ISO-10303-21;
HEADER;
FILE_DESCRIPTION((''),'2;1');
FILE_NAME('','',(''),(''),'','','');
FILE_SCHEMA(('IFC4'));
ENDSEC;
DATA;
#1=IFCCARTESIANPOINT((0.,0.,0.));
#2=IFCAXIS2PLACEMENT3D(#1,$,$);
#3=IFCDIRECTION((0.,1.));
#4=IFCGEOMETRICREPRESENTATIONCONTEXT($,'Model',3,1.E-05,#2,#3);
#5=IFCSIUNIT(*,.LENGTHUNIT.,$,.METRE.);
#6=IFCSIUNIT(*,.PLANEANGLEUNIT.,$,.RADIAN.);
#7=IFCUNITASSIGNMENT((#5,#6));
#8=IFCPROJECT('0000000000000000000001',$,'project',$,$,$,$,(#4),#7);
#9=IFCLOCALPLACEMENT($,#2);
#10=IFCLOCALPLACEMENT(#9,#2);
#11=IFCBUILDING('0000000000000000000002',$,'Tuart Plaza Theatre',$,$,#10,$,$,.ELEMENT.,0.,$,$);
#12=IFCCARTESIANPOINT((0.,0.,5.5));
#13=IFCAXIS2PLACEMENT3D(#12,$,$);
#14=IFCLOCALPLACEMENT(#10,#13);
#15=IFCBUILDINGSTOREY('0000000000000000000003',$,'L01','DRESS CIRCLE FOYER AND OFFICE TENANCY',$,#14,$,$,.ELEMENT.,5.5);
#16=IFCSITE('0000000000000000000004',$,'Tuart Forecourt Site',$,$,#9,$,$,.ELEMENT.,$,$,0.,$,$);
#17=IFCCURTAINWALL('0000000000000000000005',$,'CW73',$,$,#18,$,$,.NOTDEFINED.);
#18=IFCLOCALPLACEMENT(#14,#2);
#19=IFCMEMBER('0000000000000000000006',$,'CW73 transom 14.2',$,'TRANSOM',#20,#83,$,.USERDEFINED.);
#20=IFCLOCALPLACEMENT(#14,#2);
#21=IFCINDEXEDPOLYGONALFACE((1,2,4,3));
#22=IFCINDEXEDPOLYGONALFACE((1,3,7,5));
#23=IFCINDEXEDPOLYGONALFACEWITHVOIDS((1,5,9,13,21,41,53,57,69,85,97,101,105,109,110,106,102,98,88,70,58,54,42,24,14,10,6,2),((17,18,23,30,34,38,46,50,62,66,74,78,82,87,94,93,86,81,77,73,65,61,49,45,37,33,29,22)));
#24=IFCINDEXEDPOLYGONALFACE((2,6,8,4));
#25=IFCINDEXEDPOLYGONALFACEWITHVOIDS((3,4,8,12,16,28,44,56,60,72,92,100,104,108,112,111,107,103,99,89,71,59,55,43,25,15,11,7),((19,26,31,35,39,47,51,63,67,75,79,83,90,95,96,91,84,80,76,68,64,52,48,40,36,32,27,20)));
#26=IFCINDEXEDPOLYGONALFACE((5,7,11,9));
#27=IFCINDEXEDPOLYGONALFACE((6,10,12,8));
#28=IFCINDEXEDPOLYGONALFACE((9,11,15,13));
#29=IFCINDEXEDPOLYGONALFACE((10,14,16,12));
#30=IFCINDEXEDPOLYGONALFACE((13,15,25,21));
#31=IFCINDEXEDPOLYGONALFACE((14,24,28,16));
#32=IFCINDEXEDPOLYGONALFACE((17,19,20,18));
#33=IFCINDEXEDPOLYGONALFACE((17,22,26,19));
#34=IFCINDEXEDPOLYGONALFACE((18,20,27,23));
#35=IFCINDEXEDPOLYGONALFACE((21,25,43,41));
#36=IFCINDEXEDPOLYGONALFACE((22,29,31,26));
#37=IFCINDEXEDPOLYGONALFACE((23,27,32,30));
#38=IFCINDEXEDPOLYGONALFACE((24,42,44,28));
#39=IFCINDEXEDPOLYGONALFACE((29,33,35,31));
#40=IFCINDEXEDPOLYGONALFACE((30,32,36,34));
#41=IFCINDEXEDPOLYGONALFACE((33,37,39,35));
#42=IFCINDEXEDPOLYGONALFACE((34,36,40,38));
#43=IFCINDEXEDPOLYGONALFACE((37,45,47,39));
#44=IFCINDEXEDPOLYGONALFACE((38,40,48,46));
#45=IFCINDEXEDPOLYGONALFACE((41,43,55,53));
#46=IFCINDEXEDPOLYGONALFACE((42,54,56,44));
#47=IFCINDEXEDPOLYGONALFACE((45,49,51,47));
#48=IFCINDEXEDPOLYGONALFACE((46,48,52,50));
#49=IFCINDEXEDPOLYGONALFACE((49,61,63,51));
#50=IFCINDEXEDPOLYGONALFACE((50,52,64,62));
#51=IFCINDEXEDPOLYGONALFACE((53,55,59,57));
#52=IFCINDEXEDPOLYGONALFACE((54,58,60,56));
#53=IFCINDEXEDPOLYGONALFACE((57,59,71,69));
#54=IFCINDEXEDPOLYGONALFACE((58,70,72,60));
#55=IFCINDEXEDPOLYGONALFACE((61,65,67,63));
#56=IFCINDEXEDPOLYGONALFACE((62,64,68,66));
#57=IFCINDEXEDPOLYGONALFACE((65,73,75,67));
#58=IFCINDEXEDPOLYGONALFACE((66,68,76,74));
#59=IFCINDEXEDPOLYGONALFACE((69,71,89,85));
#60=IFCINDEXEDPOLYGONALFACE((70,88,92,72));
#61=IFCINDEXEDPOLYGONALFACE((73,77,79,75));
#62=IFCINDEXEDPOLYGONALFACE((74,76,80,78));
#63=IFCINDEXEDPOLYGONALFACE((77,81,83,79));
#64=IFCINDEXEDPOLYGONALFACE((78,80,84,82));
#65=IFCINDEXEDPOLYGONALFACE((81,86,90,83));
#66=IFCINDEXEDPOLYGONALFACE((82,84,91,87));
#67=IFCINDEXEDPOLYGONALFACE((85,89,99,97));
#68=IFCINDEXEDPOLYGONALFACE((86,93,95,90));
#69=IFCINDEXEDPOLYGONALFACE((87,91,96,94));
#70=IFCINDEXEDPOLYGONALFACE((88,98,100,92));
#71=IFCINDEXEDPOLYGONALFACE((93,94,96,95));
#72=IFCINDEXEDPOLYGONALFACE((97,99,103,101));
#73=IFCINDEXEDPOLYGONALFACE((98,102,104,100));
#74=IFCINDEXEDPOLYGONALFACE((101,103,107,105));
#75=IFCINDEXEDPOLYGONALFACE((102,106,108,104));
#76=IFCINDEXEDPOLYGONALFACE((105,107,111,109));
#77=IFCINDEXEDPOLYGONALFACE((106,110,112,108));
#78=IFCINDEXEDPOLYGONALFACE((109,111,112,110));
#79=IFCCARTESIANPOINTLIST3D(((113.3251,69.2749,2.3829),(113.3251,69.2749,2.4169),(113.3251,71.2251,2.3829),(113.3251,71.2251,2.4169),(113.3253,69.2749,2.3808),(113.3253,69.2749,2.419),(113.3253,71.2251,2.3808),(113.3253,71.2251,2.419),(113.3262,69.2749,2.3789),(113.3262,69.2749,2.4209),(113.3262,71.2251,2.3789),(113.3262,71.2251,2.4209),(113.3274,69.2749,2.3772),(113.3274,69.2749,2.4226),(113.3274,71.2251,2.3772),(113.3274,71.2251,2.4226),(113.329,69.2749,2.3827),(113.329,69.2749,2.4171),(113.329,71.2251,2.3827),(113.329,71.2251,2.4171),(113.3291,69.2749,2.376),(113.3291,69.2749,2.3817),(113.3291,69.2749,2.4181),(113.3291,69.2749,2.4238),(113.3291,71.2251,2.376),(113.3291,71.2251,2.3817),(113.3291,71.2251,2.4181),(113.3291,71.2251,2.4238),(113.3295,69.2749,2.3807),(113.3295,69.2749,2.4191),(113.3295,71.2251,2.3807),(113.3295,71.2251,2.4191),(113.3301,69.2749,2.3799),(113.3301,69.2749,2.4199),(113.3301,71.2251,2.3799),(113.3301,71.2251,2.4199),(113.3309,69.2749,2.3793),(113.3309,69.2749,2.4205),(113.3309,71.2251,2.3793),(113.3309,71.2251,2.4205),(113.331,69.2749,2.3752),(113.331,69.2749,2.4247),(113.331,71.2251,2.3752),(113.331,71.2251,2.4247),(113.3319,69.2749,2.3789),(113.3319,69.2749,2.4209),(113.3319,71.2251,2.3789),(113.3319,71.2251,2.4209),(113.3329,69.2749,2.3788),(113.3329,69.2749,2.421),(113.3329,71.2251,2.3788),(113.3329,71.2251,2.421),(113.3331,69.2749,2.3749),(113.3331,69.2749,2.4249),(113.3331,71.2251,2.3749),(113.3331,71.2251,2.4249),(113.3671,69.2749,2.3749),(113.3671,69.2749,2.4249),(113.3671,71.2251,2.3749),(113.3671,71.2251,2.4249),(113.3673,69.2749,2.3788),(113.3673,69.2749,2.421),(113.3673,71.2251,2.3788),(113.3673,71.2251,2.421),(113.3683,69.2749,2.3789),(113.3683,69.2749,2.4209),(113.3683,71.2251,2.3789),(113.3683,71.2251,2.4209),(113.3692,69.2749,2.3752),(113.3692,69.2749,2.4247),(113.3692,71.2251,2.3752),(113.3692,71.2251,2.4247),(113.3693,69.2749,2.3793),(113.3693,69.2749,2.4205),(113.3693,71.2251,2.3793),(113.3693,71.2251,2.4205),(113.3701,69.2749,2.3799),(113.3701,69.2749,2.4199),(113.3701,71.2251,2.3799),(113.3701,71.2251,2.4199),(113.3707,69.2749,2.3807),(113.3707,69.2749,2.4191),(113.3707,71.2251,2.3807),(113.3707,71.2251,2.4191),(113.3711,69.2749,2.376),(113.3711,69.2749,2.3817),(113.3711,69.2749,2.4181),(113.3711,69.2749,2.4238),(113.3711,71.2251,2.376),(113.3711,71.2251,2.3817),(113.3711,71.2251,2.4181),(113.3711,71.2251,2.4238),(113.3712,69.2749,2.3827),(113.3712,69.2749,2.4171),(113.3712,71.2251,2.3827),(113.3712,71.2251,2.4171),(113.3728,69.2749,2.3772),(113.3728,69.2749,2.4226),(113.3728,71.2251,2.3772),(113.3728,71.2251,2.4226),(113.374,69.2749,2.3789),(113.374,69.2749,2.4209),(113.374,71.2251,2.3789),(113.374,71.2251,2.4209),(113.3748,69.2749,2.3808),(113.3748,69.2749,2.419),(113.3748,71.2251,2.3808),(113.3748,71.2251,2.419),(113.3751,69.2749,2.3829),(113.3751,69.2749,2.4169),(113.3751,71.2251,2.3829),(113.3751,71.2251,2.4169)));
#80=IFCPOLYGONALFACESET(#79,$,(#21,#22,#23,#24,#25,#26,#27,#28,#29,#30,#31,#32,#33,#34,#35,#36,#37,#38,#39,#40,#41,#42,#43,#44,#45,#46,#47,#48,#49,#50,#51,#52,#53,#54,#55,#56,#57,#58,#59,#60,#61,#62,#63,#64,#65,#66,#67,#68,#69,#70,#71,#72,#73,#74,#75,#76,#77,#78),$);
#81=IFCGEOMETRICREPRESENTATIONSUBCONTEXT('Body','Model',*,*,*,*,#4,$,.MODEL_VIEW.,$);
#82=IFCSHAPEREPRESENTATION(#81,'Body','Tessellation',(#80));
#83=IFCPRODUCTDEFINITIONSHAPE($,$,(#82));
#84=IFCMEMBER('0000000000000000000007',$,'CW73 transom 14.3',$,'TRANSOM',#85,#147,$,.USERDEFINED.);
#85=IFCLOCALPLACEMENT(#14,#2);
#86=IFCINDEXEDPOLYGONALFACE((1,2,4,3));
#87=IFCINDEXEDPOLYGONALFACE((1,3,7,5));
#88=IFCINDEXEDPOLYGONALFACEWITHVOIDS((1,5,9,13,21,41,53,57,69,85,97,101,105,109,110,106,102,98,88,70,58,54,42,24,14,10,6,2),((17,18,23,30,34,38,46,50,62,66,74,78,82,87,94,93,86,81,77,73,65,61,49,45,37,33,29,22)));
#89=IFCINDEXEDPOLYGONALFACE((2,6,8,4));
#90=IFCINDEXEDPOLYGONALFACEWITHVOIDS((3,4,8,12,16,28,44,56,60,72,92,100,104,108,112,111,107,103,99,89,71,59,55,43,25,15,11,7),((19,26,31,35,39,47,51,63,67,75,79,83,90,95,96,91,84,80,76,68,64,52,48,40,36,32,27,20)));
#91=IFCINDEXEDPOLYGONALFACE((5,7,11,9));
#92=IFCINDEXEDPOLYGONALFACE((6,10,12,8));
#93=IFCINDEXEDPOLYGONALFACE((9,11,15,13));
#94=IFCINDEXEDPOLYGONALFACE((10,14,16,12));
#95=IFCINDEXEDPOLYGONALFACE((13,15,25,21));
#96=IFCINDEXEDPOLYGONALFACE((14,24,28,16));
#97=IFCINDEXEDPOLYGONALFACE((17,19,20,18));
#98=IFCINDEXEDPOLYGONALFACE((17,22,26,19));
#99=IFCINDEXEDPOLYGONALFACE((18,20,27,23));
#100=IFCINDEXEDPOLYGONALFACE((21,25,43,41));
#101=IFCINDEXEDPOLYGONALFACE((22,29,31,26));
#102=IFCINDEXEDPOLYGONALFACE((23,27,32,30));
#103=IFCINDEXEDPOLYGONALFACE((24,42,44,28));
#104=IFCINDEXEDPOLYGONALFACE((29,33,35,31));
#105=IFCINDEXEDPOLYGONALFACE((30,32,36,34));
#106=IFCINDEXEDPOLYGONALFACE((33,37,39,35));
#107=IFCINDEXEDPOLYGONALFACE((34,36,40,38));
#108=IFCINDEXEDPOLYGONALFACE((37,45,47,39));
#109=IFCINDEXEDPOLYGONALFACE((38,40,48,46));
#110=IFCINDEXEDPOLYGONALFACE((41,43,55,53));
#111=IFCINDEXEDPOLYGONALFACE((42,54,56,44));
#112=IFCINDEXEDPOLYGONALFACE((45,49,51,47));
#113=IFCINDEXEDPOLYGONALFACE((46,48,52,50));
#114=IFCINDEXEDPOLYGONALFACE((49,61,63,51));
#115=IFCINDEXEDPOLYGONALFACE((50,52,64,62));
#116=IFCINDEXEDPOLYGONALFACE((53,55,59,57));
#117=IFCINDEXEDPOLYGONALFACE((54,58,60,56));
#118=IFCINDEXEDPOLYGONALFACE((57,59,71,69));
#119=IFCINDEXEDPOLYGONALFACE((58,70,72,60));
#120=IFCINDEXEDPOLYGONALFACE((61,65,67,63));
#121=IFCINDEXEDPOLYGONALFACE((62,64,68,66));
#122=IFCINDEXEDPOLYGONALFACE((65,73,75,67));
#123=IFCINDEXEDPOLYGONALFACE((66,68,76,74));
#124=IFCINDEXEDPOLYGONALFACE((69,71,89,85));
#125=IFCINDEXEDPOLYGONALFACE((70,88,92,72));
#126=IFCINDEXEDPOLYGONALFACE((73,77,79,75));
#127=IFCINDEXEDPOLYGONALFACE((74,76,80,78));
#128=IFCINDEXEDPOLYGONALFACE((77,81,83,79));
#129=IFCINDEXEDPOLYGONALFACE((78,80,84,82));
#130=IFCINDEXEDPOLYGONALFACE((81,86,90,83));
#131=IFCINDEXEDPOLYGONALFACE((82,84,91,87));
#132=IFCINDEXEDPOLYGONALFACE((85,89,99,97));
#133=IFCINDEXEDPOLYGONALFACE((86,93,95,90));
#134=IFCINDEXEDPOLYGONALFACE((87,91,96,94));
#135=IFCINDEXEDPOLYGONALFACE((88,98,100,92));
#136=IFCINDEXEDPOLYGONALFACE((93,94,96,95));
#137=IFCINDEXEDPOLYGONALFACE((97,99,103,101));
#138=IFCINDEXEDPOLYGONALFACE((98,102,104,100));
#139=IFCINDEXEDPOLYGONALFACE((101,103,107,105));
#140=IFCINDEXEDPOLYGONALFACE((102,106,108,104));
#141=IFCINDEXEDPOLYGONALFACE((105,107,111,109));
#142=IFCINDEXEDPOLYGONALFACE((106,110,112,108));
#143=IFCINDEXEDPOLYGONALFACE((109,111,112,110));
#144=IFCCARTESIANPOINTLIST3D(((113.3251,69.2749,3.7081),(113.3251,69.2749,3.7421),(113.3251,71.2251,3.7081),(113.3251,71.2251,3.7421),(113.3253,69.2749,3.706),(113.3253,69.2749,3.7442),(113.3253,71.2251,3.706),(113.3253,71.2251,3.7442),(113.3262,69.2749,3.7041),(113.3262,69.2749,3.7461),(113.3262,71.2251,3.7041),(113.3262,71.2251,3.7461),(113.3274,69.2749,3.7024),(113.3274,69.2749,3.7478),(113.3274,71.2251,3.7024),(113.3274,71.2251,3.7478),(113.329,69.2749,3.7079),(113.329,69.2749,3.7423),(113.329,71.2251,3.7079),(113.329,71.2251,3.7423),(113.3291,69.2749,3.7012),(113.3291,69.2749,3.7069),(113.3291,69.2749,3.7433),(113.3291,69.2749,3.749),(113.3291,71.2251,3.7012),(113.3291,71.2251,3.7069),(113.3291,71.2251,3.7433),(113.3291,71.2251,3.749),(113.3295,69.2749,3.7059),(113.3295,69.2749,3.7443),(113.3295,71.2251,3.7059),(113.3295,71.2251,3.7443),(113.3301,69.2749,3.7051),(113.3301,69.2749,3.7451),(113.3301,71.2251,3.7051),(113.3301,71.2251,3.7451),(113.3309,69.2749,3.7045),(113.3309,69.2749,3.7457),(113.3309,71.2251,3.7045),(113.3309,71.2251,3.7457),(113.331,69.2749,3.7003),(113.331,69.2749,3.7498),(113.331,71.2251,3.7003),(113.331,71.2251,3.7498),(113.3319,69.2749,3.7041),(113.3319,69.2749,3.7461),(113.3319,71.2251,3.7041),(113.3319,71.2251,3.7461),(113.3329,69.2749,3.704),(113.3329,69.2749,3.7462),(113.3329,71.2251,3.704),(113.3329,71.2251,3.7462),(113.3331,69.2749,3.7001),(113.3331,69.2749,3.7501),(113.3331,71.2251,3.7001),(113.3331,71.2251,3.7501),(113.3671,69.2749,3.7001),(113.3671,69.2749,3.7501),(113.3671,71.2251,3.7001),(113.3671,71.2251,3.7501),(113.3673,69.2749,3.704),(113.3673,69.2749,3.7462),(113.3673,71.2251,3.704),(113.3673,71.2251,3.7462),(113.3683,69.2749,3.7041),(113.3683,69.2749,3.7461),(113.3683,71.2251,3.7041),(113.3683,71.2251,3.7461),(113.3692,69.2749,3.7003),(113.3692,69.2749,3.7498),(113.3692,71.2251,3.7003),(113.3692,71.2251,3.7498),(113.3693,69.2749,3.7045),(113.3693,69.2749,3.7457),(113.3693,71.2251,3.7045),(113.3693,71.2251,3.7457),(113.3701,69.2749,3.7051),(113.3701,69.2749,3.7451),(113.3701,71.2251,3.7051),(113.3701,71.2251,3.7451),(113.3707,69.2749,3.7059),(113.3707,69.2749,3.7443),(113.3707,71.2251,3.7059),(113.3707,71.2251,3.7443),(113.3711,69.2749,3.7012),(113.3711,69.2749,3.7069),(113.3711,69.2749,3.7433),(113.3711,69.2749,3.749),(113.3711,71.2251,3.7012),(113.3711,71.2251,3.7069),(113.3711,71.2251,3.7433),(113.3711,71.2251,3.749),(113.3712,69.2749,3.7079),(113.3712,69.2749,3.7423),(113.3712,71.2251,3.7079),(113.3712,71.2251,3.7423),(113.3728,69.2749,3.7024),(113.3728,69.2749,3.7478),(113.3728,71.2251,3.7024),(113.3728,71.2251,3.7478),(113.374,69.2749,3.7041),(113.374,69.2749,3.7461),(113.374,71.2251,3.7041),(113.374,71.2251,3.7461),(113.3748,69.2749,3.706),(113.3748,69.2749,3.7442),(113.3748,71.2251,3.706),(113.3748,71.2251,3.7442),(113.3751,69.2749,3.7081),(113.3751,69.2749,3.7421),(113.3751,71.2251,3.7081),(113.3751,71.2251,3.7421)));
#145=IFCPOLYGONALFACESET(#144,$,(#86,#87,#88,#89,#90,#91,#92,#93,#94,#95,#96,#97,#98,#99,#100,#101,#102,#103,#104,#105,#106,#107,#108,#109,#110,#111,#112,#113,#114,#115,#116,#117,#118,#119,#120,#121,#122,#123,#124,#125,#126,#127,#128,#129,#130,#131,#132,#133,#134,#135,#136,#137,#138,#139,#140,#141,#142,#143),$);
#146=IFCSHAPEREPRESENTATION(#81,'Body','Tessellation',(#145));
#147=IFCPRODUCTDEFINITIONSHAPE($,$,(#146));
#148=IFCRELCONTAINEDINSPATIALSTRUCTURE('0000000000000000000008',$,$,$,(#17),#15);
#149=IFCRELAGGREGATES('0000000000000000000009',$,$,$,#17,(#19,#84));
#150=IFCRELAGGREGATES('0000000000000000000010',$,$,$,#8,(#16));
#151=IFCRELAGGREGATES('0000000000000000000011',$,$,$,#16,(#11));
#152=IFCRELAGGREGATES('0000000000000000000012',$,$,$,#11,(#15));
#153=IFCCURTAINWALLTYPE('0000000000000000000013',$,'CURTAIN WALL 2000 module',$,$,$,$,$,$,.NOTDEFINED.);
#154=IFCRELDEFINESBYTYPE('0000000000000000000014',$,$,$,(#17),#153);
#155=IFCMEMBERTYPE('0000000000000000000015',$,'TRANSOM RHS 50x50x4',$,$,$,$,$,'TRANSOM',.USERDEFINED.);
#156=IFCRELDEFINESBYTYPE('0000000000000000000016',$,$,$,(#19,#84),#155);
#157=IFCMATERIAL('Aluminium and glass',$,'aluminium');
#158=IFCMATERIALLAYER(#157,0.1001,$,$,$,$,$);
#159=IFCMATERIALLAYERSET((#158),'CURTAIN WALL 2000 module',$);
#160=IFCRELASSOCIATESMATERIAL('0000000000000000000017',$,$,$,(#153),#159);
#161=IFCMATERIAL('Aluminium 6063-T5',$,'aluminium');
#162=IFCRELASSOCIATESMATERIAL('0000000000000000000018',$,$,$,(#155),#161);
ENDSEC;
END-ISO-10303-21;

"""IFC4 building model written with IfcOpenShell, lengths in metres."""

from ifc_helpers import new_model, si_unit, direction, frame, origin, origin_2d, place, context, subcontext, project, spatial, hollow_rectangle, extrude, material, layer, layer_set, material_profile, profile_set, type_object, element, aggregate, save


model = new_model("IFC4")

# Units and contexts
model_context = context("Model", 3, precision=1e-05, world=origin(), true_north=direction((0.0, 1.0)))
body_context = subcontext(model_context, "Body", "Model", "MODEL_VIEW")
ifc_project = project(units=[si_unit("LENGTHUNIT", "METRE"), si_unit("PLANEANGLEUNIT", "RADIAN")], contexts=[model_context])

# Site, building, storey
site_placement = place(None, origin())
site = spatial("IfcSite", under=ifc_project, at=site_placement, Name="Tuart Forecourt Site", CompositionType="ELEMENT", RefElevation=0.0)
building_placement = place(site_placement, origin())
building = spatial("IfcBuilding", under=site, at=building_placement, Name="Tuart Plaza Theatre", CompositionType="ELEMENT", ElevationOfRefHeight=0.0)
storey_placement = place(building_placement, frame((0.0, 0.0, 5.5)))
storey = spatial("IfcBuildingStorey", under=building, at=storey_placement, Name="L01", Description="DRESS CIRCLE FOYER AND OFFICE TENANCY", CompositionType="ELEMENT", Elevation=5.5)

# Curtain wall, members
ifc_material_1 = material(Name="Aluminium and glass", Category="aluminium")
ifc_layer_1 = layer(ifc_material_1, 0.1001)
ifc_layer_set_1 = layer_set([ifc_layer_1], Name="CURTAIN WALL 2000 module")
curtain_wall_type = type_object("IfcCurtainWallType", Name="CURTAIN WALL 2000 module", PredefinedType="NOTDEFINED", material=ifc_layer_set_1)
curtain_wall_placement = place(storey_placement, origin())
curtain_wall = element("IfcCurtainWall", 1, at=curtain_wall_placement, inside=storey, type_object=curtain_wall_type, Name="CW73", PredefinedType="NOTDEFINED")
ifc_material_2 = material(Name="Aluminium 6063-T5", Category="aluminium")
ifc_material_profile_1 = material_profile(ifc_material_2, hollow_rectangle(XDim=0.05, YDim=0.05, WallThickness=0.0039, InnerFilletRadius=0.0039, OuterFilletRadius=0.0081, at=origin_2d()), Name="RHS 50x50x4")
ifc_profile_set_1 = profile_set([ifc_material_profile_1], Name="Aluminium 6063-T5")
member_type_1 = type_object("IfcMemberType", Name="TRANSOM RHS 50x50x4", ElementType="TRANSOM", PredefinedType="USERDEFINED", material=ifc_profile_set_1)
member_1_placement = place(storey_placement, frame((113.3501, 71.2251, 2.3999), z_axis=(0.0, -1.0, 0.0), x_axis=(1.0, 0.0, 0.0)))
member_1 = element("IfcMember", 2, at=member_1_placement, type_object=member_type_1, Name="CW73 transom 14.2", ObjectType="TRANSOM", PredefinedType="USERDEFINED", context=body_context, shape_type="SweptSolid", body=[
    extrude(hollow_rectangle(XDim=0.05, YDim=0.05, WallThickness=0.0039, InnerFilletRadius=0.0039, OuterFilletRadius=0.0081, at=origin_2d()), origin(), (0.0, 0.0, 1.0), 1.9502),
])
member_2_placement = place(storey_placement, frame((113.3501, 71.2251, 3.7251), z_axis=(0.0, -1.0, 0.0), x_axis=(1.0, 0.0, 0.0)))
member_2 = element("IfcMember", 3, at=member_2_placement, type_object=member_type_1, Name="CW73 transom 14.3", ObjectType="TRANSOM", PredefinedType="USERDEFINED", context=body_context, shape_type="SweptSolid", body=[
    extrude(hollow_rectangle(XDim=0.05, YDim=0.05, WallThickness=0.0039, InnerFilletRadius=0.0039, OuterFilletRadius=0.0081, at=origin_2d()), origin(), (0.0, 0.0, 1.0), 1.9502),
])
aggregate(curtain_wall, [member_1, member_2])

save(model, "model.ifc")
